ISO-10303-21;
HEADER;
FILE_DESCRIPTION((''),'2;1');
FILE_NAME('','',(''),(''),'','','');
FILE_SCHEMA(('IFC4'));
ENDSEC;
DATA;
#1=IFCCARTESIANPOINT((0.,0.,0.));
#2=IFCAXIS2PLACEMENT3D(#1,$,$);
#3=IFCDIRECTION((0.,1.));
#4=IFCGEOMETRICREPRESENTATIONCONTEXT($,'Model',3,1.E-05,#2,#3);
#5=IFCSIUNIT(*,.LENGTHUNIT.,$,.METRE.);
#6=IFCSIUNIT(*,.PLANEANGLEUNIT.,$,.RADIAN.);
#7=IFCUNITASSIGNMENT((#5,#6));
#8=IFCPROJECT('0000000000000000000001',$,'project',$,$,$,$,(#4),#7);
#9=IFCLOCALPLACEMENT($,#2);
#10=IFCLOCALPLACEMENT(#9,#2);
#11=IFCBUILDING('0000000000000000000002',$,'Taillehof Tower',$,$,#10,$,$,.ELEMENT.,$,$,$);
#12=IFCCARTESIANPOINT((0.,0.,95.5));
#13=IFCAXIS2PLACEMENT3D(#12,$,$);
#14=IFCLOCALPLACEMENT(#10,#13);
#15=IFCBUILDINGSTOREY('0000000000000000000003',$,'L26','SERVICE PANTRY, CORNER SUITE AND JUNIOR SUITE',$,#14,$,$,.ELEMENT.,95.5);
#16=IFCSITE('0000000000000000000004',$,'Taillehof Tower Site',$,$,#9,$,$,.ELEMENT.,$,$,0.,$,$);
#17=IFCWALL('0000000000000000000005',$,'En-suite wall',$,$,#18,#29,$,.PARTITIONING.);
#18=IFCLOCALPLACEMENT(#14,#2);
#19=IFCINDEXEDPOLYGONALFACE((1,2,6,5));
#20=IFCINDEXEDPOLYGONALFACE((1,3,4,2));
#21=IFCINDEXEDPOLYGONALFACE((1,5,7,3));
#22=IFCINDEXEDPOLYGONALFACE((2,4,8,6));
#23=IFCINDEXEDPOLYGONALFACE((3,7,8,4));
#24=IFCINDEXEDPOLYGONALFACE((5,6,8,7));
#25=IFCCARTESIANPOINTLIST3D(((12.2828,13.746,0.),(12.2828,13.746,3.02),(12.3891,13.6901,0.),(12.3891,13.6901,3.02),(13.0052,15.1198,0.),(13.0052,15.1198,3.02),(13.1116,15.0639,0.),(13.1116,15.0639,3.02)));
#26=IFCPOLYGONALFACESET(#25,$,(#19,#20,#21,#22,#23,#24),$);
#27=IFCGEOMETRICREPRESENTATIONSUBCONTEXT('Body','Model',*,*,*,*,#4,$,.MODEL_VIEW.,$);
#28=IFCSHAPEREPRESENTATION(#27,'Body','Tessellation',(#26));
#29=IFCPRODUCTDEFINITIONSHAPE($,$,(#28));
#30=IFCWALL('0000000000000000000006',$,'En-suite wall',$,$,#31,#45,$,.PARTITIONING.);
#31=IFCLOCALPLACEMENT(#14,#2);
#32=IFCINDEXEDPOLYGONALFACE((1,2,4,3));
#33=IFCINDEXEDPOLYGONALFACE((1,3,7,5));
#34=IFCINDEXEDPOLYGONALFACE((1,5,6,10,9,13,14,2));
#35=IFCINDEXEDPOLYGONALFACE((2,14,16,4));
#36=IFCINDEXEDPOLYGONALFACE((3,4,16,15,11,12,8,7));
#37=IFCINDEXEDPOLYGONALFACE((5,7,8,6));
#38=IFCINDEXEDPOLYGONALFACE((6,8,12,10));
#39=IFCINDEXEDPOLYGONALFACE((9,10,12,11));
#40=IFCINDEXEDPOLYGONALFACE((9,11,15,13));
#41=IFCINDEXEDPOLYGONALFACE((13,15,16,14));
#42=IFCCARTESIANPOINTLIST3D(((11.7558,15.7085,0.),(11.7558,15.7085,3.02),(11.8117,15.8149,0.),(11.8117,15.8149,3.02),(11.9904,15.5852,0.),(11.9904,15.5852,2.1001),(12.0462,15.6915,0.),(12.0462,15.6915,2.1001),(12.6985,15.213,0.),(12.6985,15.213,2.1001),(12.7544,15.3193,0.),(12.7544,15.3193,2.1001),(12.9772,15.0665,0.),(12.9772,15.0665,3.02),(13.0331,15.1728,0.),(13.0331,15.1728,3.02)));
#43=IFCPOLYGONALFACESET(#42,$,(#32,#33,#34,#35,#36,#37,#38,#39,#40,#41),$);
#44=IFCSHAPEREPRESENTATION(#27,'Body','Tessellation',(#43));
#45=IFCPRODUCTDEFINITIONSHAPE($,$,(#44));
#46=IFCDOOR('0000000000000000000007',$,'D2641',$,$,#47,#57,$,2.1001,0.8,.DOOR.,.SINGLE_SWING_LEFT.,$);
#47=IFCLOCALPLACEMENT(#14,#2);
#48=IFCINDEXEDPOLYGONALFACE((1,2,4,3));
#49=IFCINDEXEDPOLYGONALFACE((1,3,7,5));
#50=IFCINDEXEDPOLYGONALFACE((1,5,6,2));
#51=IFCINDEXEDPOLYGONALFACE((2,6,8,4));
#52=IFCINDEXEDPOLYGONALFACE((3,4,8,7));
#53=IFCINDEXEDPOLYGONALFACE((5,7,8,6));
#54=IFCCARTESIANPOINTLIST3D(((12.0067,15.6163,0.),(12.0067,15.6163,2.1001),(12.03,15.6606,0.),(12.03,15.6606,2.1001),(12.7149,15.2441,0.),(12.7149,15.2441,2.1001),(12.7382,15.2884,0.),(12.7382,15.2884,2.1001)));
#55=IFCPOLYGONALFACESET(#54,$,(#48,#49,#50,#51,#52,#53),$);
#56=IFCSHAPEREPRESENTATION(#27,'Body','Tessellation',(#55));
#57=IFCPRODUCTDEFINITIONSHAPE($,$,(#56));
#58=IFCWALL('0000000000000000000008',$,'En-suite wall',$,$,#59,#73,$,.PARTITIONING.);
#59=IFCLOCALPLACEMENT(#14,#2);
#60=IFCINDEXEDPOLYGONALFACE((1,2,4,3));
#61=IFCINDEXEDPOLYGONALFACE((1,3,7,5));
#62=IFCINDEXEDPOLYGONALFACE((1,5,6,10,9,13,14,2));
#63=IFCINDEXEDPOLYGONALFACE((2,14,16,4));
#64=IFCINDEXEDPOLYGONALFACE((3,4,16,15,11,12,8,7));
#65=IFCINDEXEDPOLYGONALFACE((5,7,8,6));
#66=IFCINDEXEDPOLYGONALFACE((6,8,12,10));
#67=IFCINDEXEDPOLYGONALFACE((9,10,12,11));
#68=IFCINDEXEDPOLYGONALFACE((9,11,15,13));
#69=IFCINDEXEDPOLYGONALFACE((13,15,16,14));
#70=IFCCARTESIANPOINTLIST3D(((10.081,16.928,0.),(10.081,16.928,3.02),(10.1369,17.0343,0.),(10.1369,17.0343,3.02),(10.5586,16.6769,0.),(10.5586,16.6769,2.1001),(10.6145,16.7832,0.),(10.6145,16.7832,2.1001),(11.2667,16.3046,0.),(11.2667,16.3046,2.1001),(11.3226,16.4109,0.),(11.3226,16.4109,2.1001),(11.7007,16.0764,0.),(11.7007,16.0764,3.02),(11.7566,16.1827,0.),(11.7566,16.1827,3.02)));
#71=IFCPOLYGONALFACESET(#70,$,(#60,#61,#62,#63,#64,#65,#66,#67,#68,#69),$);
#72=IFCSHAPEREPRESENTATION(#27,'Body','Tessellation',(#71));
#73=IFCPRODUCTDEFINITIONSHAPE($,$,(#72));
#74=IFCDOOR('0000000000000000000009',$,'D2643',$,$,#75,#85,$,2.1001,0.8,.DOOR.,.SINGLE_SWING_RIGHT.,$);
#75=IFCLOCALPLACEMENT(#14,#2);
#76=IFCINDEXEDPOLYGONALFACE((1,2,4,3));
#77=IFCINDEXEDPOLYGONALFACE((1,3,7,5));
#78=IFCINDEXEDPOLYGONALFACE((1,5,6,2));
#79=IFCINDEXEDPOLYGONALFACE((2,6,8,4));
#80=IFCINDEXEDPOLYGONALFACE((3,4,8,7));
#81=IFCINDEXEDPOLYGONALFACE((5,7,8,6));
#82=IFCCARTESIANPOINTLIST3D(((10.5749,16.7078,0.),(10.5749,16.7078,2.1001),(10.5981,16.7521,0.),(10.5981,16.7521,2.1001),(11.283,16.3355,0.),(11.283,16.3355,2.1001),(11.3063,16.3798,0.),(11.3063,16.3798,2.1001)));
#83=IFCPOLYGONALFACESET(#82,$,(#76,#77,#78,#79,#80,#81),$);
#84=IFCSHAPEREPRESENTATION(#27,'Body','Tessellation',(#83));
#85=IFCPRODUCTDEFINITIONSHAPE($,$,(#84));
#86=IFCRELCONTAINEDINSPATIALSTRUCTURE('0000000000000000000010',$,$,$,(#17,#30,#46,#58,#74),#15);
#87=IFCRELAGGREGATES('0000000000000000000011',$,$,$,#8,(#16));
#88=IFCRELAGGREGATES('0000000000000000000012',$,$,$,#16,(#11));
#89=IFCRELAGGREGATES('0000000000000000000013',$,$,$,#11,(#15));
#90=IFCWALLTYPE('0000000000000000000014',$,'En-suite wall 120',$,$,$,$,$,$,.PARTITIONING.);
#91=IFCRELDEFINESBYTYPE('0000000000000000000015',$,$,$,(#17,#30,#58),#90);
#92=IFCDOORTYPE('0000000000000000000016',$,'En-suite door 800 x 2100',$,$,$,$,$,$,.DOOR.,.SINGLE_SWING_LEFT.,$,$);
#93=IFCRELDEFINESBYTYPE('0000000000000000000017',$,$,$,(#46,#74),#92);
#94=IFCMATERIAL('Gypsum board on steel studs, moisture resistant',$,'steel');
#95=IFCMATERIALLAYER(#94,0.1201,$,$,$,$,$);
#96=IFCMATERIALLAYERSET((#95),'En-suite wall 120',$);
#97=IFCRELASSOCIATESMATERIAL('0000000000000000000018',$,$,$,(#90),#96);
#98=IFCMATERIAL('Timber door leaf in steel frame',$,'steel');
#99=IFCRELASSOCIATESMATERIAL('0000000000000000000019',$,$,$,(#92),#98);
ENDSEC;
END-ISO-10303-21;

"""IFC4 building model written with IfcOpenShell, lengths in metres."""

from ifc_helpers import new_model, si_unit, direction, frame, frame_2d, origin, place, context, subcontext, project, spatial, rectangle, extrude, material, layer, layer_set, type_object, element, fill, save


model = new_model("IFC4")

# Units and contexts
model_context = context("Model", 3, precision=1e-05, world=origin(), true_north=direction((0.0, 1.0)))
body_context = subcontext(model_context, "Body", "Model", "MODEL_VIEW")
ifc_project = project(units=[si_unit("LENGTHUNIT", "METRE"), si_unit("PLANEANGLEUNIT", "RADIAN")], contexts=[model_context])

# Site, building, storey
site_placement = place(None, origin())
site = spatial("IfcSite", under=ifc_project, at=site_placement, Name="Taillehof Tower Site", CompositionType="ELEMENT", RefElevation=0.0)
building_placement = place(site_placement, origin())
building = spatial("IfcBuilding", under=site, at=building_placement, Name="Taillehof Tower", CompositionType="ELEMENT")
storey_placement = place(building_placement, frame((0.0, 0.0, 95.5)))
storey = spatial("IfcBuildingStorey", under=building, at=storey_placement, Name="L26", Description="SERVICE PANTRY, CORNER SUITE AND JUNIOR SUITE", CompositionType="ELEMENT", Elevation=95.5)

# Wall
ifc_material_1 = material(Name="Gypsum board on steel studs, moisture resistant", Category="steel")
ifc_layer_1 = layer(ifc_material_1, 0.1201)
ifc_layer_set_1 = layer_set([ifc_layer_1], Name="En-suite wall 120")
wall_type_1 = type_object("IfcWallType", Name="En-suite wall 120", PredefinedType="PARTITIONING", material=ifc_layer_set_1)
wall_1_placement = place(storey_placement, frame((12.3359, 13.718, 0.0), z_axis=(0.0, 0.0, 1.0), x_axis=(0.465429, 0.885085, 0.0)))
element("IfcWall", 1, at=wall_1_placement, inside=storey, type_object=wall_type_1, Name="En-suite wall", PredefinedType="PARTITIONING", context=body_context, shape_type="SweptSolid", body=[
    extrude(rectangle(XDim=1.5522, YDim=0.1201, at=frame_2d((0.7761, 0.0))), origin(), (0.0, 0.0, 1.0), 3.02),
])

# Walls, openings, doors
wall_2_placement = place(storey_placement, frame((13.0051, 15.1196, 0.0), z_axis=(0.0, 0.0, 1.0), x_axis=(-0.885148, 0.465309, 0.0)))
wall_2 = element("IfcWall", 2, at=wall_2_placement, inside=storey, type_object=wall_type_1, Name="En-suite wall", PredefinedType="PARTITIONING", context=body_context, shape_type="SweptSolid", body=[
    extrude(rectangle(XDim=1.3799, YDim=0.1201, at=frame_2d((0.6899, 0.0))), origin(), (0.0, 0.0, 1.0), 3.02),
])
opening_1_placement = place(wall_2_placement, frame((0.3149, 0.0, 0.0)))
opening_1 = element("IfcOpeningElement", 3, at=opening_1_placement, cuts=wall_2, PredefinedType="OPENING", context=body_context, shape_type="SweptSolid", body=[
    extrude(rectangle(XDim=0.8, YDim=2.1001, at=frame_2d((0.3999, 1.05))), frame((0.0, 0.0701, 0.0), z_axis=(0.0, -1.0, 0.0), x_axis=(1.0, 0.0, 0.0)), (0.0, 0.0, 1.0), 0.1401),
])
ifc_material_2 = material(Name="Timber door leaf in steel frame", Category="steel")
door_type_1 = type_object("IfcDoorType", Name="En-suite door 800 x 2100", OperationType="SINGLE_SWING_LEFT", PredefinedType="DOOR", material=ifc_material_2)
door_1_placement = place(opening_1_placement, origin())
door_1 = element("IfcDoor", 4, at=door_1_placement, inside=storey, type_object=door_type_1, Name="D2641", OperationType="SINGLE_SWING_LEFT", OverallHeight=2.1001, OverallWidth=0.8, PredefinedType="DOOR", context=body_context, shape_type="SweptSolid", body=[
    extrude(rectangle(XDim=0.8, YDim=2.1001, at=frame_2d((0.3999, 1.05))), frame((0.0, 0.0249, 0.0), z_axis=(0.0, -1.0, 0.0), x_axis=(1.0, 0.0, 0.0)), (0.0, 0.0, 1.0), 0.05),
])
fill(opening_1, door_1)
wall_3_placement = place(storey_placement, frame((10.1089, 16.9812, 0.0), z_axis=(0.0, 0.0, 1.0), x_axis=(0.885115, -0.465372, 0.0)))
wall_3 = element("IfcWall", 5, at=wall_3_placement, inside=storey, type_object=wall_type_1, Name="En-suite wall", PredefinedType="PARTITIONING", context=body_context, shape_type="SweptSolid", body=[
    extrude(rectangle(XDim=1.8298, YDim=0.1201, at=frame_2d((0.915, 0.0))), origin(), (0.0, 0.0, 1.0), 3.02),
])
opening_2_placement = place(wall_3_placement, frame((0.5398, 0.0, 0.0)))
opening_2 = element("IfcOpeningElement", 6, at=opening_2_placement, cuts=wall_3, PredefinedType="OPENING", context=body_context, shape_type="SweptSolid", body=[
    extrude(rectangle(XDim=0.8, YDim=2.1001, at=frame_2d((0.3999, 1.05))), frame((0.0, 0.0701, 0.0), z_axis=(0.0, -1.0, 0.0), x_axis=(1.0, 0.0, 0.0)), (0.0, 0.0, 1.0), 0.1401),
])
door_2_placement = place(opening_2_placement, origin())
door_2 = element("IfcDoor", 7, at=door_2_placement, inside=storey, type_object=door_type_1, Name="D2643", OperationType="SINGLE_SWING_RIGHT", OverallHeight=2.1001, OverallWidth=0.8, PredefinedType="DOOR", context=body_context, shape_type="SweptSolid", body=[
    extrude(rectangle(XDim=0.8, YDim=2.1001, at=frame_2d((0.3999, 1.05))), frame((0.0, 0.0249, 0.0), z_axis=(0.0, -1.0, 0.0), x_axis=(1.0, 0.0, 0.0)), (0.0, 0.0, 1.0), 0.05),
])
fill(opening_2, door_2)

save(model, "model.ifc")
